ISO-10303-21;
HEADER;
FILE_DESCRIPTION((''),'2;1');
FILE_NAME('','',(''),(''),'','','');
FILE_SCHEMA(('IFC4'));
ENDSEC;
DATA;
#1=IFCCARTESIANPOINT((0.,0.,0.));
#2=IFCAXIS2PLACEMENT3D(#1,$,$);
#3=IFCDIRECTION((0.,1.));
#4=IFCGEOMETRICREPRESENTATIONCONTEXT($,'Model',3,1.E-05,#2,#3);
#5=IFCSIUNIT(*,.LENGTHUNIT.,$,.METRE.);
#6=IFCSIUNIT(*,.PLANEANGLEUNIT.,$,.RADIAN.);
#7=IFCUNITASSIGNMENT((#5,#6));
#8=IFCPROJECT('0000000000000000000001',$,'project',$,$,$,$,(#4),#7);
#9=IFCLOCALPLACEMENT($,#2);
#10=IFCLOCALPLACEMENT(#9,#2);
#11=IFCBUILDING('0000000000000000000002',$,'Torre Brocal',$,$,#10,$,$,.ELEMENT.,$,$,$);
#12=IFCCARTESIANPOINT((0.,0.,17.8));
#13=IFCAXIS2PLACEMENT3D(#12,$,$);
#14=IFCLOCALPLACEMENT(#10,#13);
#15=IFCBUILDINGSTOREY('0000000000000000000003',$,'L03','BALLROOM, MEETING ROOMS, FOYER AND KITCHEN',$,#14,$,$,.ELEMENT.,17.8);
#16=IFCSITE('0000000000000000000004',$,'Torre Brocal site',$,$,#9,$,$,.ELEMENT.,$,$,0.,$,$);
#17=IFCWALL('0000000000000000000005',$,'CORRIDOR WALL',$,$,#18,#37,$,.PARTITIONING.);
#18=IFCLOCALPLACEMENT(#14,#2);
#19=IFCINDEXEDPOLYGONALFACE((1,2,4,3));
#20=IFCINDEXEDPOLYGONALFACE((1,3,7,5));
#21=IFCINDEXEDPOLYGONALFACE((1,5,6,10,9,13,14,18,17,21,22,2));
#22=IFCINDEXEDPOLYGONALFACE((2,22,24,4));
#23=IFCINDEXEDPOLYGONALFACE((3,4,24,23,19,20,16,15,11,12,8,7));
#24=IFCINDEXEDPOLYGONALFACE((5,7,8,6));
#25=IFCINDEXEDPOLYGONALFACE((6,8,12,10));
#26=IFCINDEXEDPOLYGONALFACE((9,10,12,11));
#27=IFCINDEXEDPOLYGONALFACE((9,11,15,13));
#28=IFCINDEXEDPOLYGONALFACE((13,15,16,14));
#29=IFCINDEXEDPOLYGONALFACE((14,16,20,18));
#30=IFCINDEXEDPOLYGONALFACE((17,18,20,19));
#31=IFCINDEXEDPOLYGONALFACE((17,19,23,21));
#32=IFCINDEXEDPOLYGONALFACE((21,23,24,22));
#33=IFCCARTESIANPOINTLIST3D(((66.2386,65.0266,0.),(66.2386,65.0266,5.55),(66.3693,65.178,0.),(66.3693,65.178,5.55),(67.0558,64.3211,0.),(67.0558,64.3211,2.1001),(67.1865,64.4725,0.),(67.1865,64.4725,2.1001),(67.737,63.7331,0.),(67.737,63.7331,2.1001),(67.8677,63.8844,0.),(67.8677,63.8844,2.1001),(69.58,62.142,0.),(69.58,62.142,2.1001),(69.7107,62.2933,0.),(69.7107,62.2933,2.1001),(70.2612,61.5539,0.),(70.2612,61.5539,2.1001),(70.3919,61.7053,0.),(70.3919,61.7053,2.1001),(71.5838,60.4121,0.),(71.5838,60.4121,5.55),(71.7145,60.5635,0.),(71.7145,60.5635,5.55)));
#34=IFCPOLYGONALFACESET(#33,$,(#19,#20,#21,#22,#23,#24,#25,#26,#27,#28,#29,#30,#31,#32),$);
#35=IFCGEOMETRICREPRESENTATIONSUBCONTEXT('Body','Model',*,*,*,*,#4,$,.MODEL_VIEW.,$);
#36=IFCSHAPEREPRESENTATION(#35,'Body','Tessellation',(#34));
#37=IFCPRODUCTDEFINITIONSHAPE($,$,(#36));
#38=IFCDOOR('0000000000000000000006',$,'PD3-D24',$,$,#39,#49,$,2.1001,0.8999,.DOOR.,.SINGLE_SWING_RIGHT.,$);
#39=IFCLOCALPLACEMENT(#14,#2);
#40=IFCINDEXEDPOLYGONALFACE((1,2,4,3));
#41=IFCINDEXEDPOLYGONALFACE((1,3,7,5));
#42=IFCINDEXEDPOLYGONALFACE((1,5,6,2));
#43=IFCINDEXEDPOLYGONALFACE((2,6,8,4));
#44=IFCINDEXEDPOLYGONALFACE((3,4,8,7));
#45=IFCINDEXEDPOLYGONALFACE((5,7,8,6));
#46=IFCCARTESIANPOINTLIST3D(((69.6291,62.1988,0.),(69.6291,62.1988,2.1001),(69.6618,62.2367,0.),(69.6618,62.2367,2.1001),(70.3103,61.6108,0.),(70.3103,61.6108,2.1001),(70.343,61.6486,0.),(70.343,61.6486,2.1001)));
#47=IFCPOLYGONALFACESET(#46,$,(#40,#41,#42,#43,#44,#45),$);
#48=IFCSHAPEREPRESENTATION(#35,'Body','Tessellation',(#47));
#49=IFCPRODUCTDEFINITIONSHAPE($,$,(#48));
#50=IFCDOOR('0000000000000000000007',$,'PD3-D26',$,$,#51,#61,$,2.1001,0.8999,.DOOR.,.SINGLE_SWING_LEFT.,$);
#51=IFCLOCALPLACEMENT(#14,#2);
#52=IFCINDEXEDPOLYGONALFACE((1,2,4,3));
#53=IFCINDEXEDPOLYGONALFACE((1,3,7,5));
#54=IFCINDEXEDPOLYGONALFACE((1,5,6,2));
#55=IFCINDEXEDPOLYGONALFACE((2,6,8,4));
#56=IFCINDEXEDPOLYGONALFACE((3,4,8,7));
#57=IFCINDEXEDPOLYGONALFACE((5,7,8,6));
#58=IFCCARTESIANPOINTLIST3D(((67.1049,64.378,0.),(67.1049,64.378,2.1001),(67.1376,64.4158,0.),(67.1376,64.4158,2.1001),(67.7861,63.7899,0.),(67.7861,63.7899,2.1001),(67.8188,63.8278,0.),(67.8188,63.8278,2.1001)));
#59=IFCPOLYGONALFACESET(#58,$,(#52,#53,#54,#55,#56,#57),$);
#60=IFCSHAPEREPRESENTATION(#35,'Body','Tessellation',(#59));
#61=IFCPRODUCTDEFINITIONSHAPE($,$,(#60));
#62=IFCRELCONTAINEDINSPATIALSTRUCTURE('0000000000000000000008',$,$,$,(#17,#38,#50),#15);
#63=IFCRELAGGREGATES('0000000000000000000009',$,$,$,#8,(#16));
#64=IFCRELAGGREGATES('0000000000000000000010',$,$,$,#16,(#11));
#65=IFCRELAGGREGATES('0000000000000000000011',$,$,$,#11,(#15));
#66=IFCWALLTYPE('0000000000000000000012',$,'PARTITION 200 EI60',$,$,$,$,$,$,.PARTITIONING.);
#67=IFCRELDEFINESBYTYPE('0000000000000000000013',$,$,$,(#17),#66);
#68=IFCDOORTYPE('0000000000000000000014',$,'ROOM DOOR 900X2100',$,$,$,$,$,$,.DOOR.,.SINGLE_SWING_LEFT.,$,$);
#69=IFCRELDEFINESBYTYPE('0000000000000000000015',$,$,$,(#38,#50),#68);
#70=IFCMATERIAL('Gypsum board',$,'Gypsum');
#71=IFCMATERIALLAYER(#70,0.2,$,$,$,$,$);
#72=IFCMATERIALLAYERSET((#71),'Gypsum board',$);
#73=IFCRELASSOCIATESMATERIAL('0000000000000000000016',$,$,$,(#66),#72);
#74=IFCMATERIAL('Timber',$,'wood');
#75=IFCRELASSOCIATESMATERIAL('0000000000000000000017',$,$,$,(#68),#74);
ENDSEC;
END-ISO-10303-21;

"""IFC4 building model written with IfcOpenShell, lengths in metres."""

from ifc_helpers import new_model, si_unit, direction, frame, frame_2d, origin, place, context, subcontext, project, spatial, rectangle, extrude, material, layer, layer_set, type_object, element, fill, save


model = new_model("IFC4")

# Units and contexts
model_context = context("Model", 3, precision=1e-05, world=origin(), true_north=direction((0.0, 1.0)))
body_context = subcontext(model_context, "Body", "Model", "MODEL_VIEW")
ifc_project = project(units=[si_unit("LENGTHUNIT", "METRE"), si_unit("PLANEANGLEUNIT", "RADIAN")], contexts=[model_context])

# Site, building, storey
site_placement = place(None, origin())
site = spatial("IfcSite", under=ifc_project, at=site_placement, Name="Torre Brocal site", CompositionType="ELEMENT", RefElevation=0.0)
building_placement = place(site_placement, origin())
building = spatial("IfcBuilding", under=site, at=building_placement, Name="Torre Brocal", CompositionType="ELEMENT")
storey_placement = place(building_placement, frame((0.0, 0.0, 17.8)))
storey = spatial("IfcBuildingStorey", under=building, at=storey_placement, Name="L03", Description="BALLROOM, MEETING ROOMS, FOYER AND KITCHEN", CompositionType="ELEMENT", Elevation=17.8)

# Shared definitions
ifc_material_1 = material(Name="Gypsum board", Category="Gypsum")
ifc_layer_1 = layer(ifc_material_1, 0.2)
ifc_layer_set_1 = layer_set([ifc_layer_1], Name="Gypsum board")
wall_type_1 = type_object("IfcWallType", Name="PARTITION 200 EI60", PredefinedType="PARTITIONING", material=ifc_layer_set_1)
ifc_material_2 = material(Name="Timber", Category="wood")
door_type_1 = type_object("IfcDoorType", Name="ROOM DOOR 900X2100", OperationType="SINGLE_SWING_LEFT", PredefinedType="DOOR", material=ifc_material_2)

# Wall, openings, doors
wall_1_placement = place(storey_placement, frame((66.304, 65.1023, 0.0), z_axis=(0.0, 0.0, 1.0), x_axis=(0.75695, -0.653472, 0.0)))
wall_1 = element("IfcWall", 1, at=wall_1_placement, inside=storey, type_object=wall_type_1, Name="CORRIDOR WALL", PredefinedType="PARTITIONING", context=body_context, shape_type="SweptSolid", body=[
    extrude(rectangle(XDim=7.0615, YDim=0.2, at=frame_2d((3.5308, 0.0))), origin(), (0.0, 0.0, 1.0), 5.55),
])
opening_1_placement = place(wall_1_placement, frame((4.4143, 0.0, 0.0)))
opening_1 = element("IfcOpeningElement", 2, at=opening_1_placement, cuts=wall_1, PredefinedType="OPENING", context=body_context, shape_type="SweptSolid", body=[
    extrude(rectangle(XDim=0.8999, YDim=2.1001, at=frame_2d((0.45, 1.05))), frame((0.0, 0.1099, 0.0), z_axis=(0.0, -1.0, 0.0), x_axis=(1.0, 0.0, 0.0)), (0.0, 0.0, 1.0), 0.22),
])
opening_2_placement = place(wall_1_placement, frame((1.0796, 0.0, 0.0)))
opening_2 = element("IfcOpeningElement", 3, at=opening_2_placement, cuts=wall_1, PredefinedType="OPENING", context=body_context, shape_type="SweptSolid", body=[
    extrude(rectangle(XDim=0.8999, YDim=2.1001, at=frame_2d((0.45, 1.05))), frame((0.0, 0.1099, 0.0), z_axis=(0.0, -1.0, 0.0), x_axis=(1.0, 0.0, 0.0)), (0.0, 0.0, 1.0), 0.22),
])
door_1_placement = place(opening_1_placement, frame((0.8999, 0.0, 0.0), z_axis=(0.0, 0.0, 1.0), x_axis=(-1.0, 0.0, 0.0)))
door_1 = element("IfcDoor", 4, at=door_1_placement, inside=storey, type_object=door_type_1, Name="PD3-D24", OperationType="SINGLE_SWING_RIGHT", OverallHeight=2.1001, OverallWidth=0.8999, PredefinedType="DOOR", context=body_context, shape_type="SweptSolid", body=[
    extrude(rectangle(XDim=0.8999, YDim=2.1001, at=frame_2d((0.45, 1.05))), frame((0.0, 0.0249, 0.0), z_axis=(0.0, -1.0, 0.0), x_axis=(1.0, 0.0, 0.0)), (0.0, 0.0, 1.0), 0.05),
])
fill(opening_1, door_1)
door_2_placement = place(opening_2_placement, frame((0.8999, 0.0, 0.0), z_axis=(0.0, 0.0, 1.0), x_axis=(-1.0, 0.0, 0.0)))
door_2 = element("IfcDoor", 5, at=door_2_placement, inside=storey, type_object=door_type_1, Name="PD3-D26", OperationType="SINGLE_SWING_LEFT", OverallHeight=2.1001, OverallWidth=0.8999, PredefinedType="DOOR", context=body_context, shape_type="SweptSolid", body=[
    extrude(rectangle(XDim=0.8999, YDim=2.1001, at=frame_2d((0.45, 1.05))), frame((0.0, 0.0249, 0.0), z_axis=(0.0, -1.0, 0.0), x_axis=(1.0, 0.0, 0.0)), (0.0, 0.0, 1.0), 0.05),
])
fill(opening_2, door_2)

save(model, "model.ifc")
